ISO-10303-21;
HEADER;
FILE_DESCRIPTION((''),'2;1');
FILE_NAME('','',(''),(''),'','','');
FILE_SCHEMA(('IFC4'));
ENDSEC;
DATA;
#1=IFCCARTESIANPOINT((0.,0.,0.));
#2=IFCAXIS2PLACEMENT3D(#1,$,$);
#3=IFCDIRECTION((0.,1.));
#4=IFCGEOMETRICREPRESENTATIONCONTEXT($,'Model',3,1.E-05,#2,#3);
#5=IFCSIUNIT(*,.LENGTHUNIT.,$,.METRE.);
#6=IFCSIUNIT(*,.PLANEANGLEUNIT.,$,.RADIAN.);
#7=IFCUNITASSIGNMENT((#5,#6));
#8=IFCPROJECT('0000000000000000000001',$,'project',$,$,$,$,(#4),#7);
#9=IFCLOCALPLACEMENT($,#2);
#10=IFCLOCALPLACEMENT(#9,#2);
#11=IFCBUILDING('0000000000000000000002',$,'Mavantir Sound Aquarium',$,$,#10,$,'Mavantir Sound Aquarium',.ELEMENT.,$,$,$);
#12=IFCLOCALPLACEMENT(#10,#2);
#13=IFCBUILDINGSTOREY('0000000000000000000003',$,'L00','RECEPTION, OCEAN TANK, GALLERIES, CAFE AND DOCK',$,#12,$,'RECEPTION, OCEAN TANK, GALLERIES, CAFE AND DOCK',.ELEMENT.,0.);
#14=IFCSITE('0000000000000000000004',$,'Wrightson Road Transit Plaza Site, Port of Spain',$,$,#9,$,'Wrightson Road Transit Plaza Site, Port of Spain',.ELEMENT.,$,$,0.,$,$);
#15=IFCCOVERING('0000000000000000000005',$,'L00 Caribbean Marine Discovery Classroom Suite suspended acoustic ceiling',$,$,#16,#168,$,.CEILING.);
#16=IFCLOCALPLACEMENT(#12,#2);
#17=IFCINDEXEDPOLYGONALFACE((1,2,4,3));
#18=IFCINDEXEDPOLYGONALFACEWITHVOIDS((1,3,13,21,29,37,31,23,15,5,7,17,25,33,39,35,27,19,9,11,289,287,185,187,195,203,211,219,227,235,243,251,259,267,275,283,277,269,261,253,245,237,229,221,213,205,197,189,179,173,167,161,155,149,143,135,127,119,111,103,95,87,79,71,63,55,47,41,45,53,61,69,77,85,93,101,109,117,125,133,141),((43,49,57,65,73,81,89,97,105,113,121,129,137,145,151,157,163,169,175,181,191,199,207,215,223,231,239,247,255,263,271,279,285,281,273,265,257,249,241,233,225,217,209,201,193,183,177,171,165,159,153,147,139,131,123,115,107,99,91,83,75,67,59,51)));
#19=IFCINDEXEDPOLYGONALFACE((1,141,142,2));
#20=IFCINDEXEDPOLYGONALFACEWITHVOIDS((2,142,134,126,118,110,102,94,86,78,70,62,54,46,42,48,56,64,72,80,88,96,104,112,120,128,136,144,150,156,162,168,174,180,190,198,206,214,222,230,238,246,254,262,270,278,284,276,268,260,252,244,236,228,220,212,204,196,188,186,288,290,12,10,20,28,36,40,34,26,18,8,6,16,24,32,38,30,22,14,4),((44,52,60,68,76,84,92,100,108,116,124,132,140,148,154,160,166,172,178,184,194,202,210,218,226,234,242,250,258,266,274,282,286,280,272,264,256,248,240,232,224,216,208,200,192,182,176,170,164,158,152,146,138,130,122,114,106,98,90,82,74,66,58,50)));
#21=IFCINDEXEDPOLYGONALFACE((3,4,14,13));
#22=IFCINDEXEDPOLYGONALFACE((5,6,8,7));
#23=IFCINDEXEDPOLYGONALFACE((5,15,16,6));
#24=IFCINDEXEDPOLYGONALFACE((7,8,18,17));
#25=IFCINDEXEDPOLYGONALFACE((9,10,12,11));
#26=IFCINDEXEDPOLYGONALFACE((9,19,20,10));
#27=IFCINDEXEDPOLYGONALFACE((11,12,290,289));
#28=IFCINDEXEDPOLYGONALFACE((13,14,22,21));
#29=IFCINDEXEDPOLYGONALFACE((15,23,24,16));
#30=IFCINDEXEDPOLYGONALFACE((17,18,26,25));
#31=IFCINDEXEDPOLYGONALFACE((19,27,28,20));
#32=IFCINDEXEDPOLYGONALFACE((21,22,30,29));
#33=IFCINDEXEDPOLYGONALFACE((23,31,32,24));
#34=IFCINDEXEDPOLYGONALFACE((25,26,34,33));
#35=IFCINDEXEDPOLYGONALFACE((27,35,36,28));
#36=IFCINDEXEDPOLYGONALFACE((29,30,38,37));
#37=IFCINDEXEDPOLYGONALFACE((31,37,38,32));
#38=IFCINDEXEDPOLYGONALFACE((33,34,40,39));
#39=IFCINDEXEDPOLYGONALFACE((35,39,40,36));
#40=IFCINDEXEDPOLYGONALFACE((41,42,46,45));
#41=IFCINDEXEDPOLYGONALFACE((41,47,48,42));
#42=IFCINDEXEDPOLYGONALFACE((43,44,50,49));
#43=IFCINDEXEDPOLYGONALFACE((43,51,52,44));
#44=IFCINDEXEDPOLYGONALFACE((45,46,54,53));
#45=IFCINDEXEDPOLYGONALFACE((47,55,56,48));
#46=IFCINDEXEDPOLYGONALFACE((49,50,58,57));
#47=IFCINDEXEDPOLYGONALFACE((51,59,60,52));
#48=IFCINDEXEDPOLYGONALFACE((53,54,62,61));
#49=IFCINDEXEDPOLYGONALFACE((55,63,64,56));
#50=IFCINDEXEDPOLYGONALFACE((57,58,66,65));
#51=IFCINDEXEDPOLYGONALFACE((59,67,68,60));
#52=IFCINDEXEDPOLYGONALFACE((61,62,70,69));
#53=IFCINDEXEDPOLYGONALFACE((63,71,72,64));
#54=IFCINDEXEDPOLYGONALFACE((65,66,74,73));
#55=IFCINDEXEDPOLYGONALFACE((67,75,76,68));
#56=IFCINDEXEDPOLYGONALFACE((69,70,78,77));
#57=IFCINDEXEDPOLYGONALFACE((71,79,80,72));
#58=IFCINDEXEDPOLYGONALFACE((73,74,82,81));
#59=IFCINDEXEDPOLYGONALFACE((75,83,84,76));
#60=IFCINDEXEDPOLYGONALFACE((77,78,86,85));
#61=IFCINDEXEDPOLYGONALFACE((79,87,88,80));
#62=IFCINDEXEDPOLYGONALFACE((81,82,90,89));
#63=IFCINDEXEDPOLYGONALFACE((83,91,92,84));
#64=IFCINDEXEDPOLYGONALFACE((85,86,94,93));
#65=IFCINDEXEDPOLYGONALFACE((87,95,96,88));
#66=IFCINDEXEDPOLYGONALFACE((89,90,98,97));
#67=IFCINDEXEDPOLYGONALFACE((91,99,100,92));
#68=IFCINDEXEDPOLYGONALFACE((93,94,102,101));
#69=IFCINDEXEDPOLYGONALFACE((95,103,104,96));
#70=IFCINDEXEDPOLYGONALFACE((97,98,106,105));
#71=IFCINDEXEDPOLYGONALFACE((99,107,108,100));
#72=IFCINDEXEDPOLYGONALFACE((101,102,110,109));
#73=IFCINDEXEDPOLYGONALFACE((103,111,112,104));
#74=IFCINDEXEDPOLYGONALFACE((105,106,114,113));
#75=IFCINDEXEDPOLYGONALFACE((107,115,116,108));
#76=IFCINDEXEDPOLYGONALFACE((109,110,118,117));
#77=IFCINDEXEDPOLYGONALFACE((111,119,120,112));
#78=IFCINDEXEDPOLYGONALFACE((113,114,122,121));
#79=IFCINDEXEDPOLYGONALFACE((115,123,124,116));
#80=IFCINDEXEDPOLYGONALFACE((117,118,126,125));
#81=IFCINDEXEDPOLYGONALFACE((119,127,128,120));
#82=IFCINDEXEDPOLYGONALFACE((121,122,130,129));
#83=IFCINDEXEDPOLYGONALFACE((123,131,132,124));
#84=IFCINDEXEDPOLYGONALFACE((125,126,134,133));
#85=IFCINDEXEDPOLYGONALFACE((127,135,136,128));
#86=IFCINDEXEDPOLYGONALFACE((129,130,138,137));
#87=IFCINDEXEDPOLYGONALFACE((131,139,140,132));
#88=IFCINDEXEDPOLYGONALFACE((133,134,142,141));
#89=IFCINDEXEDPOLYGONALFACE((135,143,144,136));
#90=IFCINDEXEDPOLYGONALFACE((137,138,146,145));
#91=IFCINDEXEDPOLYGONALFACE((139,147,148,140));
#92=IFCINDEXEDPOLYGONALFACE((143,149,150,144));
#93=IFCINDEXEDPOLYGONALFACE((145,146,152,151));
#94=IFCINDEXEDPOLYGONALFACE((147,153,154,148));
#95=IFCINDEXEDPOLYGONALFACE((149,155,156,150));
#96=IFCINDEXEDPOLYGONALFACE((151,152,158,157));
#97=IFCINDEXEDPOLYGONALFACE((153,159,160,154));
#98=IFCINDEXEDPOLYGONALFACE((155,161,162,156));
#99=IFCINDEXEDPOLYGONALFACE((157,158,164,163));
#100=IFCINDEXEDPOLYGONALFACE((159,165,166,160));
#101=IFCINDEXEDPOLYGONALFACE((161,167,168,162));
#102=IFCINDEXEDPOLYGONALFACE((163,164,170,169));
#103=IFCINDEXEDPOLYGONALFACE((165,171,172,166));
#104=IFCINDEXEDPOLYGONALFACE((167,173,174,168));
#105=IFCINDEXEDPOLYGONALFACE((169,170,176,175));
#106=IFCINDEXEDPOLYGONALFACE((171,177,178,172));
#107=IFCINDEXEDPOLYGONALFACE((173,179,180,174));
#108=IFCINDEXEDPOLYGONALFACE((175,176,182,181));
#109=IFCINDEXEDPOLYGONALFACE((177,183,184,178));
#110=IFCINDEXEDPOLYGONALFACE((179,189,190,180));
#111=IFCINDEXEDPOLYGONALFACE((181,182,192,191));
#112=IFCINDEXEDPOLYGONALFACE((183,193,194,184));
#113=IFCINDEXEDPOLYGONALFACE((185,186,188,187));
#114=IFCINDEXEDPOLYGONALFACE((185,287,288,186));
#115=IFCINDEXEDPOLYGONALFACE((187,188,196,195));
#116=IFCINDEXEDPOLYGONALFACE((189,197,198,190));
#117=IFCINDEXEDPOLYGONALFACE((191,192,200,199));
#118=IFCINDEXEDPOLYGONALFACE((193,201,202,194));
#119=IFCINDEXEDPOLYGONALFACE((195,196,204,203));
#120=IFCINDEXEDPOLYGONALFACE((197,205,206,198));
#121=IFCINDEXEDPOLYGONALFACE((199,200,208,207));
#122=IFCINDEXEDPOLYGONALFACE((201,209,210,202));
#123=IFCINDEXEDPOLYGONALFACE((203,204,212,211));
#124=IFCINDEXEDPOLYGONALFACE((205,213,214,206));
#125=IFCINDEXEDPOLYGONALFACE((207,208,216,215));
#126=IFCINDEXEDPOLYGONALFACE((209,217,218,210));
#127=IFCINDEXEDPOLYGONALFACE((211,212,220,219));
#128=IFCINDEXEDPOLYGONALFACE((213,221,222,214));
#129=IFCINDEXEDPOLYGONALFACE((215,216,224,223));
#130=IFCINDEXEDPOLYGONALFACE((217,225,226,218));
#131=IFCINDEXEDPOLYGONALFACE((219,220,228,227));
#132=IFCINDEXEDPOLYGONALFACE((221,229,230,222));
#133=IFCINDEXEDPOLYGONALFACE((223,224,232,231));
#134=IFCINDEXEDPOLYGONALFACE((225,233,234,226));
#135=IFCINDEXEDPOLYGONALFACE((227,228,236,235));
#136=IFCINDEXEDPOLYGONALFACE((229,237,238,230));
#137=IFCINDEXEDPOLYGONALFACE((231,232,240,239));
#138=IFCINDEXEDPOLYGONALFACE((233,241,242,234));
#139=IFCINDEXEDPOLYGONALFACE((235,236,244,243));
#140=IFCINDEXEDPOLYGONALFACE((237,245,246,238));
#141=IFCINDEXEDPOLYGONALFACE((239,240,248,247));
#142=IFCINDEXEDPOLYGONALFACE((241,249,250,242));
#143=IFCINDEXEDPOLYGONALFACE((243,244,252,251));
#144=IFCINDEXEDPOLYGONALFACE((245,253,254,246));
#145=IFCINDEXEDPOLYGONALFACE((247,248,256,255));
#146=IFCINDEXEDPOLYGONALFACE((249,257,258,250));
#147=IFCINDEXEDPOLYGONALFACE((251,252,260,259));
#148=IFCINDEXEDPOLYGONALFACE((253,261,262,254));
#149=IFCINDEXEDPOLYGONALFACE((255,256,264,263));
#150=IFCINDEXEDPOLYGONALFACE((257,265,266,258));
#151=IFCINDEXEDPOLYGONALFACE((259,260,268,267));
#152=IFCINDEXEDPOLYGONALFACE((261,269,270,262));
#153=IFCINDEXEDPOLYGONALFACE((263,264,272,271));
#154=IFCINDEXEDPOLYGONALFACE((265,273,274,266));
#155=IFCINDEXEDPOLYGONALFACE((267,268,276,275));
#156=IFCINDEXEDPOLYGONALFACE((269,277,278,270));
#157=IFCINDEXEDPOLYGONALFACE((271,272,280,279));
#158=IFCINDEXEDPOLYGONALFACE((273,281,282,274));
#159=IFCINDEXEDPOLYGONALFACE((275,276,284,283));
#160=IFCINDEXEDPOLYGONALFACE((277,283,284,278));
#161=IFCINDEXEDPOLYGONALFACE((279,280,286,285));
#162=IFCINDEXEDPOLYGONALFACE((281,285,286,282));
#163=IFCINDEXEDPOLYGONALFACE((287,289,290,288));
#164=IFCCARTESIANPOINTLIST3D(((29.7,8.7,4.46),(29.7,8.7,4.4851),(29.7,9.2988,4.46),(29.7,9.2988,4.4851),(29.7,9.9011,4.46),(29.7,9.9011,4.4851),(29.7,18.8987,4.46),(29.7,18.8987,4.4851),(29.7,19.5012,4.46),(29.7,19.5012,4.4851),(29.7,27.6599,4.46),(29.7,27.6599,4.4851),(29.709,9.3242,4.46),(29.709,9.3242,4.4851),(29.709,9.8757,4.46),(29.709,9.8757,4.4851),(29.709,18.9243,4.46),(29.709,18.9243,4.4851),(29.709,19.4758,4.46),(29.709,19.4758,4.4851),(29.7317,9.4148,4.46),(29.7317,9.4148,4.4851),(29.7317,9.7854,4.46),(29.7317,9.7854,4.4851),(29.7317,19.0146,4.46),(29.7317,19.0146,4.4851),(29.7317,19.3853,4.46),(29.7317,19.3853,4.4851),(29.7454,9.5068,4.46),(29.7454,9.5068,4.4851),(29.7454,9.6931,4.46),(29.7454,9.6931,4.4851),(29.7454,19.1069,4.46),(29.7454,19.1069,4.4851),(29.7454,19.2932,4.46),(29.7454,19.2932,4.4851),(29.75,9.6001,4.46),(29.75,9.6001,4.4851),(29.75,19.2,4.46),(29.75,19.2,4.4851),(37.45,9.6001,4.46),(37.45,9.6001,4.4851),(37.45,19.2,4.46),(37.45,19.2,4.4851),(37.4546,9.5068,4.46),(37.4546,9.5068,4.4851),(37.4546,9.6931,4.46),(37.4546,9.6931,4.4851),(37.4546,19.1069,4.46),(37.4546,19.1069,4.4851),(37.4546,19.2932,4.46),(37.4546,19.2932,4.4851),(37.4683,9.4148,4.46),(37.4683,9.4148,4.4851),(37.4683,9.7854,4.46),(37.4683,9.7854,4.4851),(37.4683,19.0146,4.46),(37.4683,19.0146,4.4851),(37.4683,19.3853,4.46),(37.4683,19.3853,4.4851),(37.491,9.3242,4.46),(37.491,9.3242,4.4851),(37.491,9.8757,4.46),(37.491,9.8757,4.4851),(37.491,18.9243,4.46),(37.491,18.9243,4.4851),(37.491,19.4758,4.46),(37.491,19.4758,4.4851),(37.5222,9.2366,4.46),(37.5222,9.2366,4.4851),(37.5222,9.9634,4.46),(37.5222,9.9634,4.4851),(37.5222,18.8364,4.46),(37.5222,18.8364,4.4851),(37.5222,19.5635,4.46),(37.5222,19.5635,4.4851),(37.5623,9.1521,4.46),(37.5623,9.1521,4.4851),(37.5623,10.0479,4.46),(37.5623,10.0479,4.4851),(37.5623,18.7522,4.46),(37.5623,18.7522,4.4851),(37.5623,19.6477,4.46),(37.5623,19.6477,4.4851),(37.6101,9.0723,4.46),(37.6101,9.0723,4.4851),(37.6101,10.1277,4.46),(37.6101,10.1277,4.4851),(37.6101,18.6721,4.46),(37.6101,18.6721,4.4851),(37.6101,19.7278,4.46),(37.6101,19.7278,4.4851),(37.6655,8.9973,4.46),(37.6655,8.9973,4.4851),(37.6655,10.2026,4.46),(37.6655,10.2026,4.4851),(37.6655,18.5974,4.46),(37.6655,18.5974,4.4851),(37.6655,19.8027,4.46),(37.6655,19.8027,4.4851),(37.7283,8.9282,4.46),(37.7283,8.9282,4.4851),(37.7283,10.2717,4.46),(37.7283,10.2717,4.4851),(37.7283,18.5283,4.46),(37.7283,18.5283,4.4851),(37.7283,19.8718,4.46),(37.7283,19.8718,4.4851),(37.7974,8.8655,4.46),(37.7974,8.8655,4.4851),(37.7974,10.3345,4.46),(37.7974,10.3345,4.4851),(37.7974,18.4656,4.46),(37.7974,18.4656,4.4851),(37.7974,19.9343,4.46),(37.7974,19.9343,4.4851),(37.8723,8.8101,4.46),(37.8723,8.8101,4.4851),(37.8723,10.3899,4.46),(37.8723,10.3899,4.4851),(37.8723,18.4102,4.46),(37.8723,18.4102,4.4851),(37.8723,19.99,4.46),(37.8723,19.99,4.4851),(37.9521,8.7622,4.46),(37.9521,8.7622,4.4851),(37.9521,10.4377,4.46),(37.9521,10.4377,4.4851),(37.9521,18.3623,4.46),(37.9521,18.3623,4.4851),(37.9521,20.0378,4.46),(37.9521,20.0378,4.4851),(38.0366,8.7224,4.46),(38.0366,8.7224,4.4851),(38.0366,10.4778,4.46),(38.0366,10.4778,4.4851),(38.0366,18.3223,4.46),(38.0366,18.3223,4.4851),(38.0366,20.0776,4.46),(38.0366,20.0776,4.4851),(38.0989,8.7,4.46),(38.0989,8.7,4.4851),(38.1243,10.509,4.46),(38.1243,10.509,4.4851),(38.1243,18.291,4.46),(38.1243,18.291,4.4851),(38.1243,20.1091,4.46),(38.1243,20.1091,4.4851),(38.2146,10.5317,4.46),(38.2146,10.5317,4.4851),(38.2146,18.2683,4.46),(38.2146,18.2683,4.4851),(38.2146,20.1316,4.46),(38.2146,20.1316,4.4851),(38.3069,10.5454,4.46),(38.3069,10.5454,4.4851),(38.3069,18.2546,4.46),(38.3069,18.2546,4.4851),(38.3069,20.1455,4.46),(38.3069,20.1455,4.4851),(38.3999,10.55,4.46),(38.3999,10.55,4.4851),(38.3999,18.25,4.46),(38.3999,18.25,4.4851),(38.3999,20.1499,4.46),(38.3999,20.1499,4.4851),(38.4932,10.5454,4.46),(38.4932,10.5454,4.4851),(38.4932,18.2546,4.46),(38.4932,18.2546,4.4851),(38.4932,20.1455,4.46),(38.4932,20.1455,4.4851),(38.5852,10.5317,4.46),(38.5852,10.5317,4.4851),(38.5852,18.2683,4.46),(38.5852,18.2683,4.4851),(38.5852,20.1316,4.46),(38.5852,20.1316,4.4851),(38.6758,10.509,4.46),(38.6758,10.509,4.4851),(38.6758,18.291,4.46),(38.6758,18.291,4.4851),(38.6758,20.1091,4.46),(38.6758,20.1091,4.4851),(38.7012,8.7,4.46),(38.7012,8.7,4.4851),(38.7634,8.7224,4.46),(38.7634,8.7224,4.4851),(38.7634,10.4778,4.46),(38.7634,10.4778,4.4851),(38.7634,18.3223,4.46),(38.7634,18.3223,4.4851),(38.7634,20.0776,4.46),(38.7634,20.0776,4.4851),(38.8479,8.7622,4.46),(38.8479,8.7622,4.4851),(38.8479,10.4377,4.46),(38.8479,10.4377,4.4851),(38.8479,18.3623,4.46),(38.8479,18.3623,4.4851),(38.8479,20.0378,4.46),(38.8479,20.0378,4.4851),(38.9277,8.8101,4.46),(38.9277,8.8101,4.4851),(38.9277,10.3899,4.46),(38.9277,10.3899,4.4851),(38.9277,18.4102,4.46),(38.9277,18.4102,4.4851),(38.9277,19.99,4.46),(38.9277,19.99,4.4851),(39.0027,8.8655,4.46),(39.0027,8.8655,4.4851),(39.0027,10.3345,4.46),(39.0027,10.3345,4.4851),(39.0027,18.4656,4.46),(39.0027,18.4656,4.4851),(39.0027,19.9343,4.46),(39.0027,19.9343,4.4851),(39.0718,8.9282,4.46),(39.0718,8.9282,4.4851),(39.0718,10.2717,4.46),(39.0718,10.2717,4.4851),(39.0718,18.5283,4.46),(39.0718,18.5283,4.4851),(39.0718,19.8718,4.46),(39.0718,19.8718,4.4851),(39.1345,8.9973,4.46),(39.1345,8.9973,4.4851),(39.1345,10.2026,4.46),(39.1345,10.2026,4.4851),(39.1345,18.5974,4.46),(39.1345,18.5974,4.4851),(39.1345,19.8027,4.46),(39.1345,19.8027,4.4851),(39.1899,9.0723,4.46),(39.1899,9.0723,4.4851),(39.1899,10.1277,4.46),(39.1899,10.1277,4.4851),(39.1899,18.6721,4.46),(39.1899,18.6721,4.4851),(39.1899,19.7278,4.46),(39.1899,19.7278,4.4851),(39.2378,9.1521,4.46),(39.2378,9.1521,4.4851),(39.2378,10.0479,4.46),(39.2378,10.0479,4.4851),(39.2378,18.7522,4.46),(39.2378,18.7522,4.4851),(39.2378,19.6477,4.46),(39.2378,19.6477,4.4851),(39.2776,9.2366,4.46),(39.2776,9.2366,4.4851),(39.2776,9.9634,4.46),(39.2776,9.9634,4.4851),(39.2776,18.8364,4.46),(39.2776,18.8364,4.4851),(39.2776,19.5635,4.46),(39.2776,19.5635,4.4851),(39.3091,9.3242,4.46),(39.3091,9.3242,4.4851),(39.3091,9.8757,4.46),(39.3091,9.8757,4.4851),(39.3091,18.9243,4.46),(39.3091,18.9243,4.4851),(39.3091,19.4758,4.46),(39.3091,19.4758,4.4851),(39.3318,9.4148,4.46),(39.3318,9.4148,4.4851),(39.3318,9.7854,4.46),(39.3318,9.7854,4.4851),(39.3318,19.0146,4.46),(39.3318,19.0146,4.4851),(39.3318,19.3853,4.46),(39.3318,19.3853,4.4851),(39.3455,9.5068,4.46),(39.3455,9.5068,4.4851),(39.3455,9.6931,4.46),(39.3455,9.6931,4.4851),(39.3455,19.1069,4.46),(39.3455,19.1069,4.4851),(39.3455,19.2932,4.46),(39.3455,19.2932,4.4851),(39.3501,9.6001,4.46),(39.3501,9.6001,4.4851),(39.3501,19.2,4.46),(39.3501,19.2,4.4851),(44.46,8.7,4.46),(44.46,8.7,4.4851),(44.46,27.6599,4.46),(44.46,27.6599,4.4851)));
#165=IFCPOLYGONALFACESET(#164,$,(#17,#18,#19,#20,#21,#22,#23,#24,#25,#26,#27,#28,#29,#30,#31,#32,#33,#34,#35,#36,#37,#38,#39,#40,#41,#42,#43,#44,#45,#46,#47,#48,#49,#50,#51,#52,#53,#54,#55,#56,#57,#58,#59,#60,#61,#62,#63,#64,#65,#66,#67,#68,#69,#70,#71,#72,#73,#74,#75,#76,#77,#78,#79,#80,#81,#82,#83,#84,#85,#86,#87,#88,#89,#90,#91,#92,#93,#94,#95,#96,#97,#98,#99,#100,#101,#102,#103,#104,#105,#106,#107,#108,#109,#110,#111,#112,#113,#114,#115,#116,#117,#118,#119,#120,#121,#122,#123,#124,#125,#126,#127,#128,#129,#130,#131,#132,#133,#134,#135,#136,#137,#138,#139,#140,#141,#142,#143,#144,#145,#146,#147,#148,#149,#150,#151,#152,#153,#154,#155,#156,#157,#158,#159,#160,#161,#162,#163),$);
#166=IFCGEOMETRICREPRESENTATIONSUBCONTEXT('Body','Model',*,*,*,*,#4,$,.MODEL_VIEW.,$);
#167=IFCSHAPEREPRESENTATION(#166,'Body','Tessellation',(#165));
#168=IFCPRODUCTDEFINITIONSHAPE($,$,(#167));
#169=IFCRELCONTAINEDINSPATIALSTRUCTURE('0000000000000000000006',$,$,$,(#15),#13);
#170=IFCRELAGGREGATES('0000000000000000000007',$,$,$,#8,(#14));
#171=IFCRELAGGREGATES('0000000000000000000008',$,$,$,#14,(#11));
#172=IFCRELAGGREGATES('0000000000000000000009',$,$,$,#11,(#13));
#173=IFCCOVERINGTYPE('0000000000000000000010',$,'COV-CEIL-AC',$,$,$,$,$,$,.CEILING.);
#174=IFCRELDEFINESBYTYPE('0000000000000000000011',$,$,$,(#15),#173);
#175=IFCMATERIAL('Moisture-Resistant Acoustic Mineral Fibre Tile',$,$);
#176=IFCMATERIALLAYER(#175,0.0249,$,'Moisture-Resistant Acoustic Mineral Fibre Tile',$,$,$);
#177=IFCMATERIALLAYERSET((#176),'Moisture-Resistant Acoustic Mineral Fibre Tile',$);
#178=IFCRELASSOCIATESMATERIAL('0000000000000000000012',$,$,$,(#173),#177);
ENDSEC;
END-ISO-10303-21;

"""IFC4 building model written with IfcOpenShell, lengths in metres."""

from ifc_helpers import new_model, si_unit, direction, frame, origin, place, context, subcontext, project, spatial, polyline, outline, extrude, material, layer, layer_set, type_object, element, save


model = new_model("IFC4")

# Units and contexts
model_context = context("Model", 3, precision=1e-05, world=origin(), true_north=direction((0.0, 1.0)))
body_context = subcontext(model_context, "Body", "Model", "MODEL_VIEW")
ifc_project = project(units=[si_unit("LENGTHUNIT", "METRE"), si_unit("PLANEANGLEUNIT", "RADIAN")], contexts=[model_context])

# Site, building, storey
site_placement = place(None, origin())
site = spatial("IfcSite", under=ifc_project, at=site_placement, Name="Wrightson Road Transit Plaza Site, Port of Spain", LongName="Wrightson Road Transit Plaza Site, Port of Spain", CompositionType="ELEMENT", RefElevation=0.0)
building_placement = place(site_placement, origin())
building = spatial("IfcBuilding", under=site, at=building_placement, Name="Mavantir Sound Aquarium", LongName="Mavantir Sound Aquarium", CompositionType="ELEMENT")
storey_placement = place(building_placement, origin())
storey = spatial("IfcBuildingStorey", under=building, at=storey_placement, Name="L00", Description="RECEPTION, OCEAN TANK, GALLERIES, CAFE AND DOCK", LongName="RECEPTION, OCEAN TANK, GALLERIES, CAFE AND DOCK", CompositionType="ELEMENT", Elevation=0.0)

# Covering
ifc_material_1 = material(Name="Moisture-Resistant Acoustic Mineral Fibre Tile")
ifc_layer_1 = layer(ifc_material_1, 0.0249, Name="Moisture-Resistant Acoustic Mineral Fibre Tile")
ifc_layer_set_1 = layer_set([ifc_layer_1], Name="Moisture-Resistant Acoustic Mineral Fibre Tile")
covering_type_1 = type_object("IfcCoveringType", Name="COV-CEIL-AC", PredefinedType="CEILING", material=ifc_layer_set_1)
covering_1_placement = place(storey_placement, frame((0.0, 0.0, 4.46)))
element("IfcCovering", 1, at=covering_1_placement, inside=storey, type_object=covering_type_1, Name="L00 Caribbean Marine Discovery Classroom Suite suspended acoustic ceiling", PredefinedType="CEILING", context=body_context, shape_type="SweptSolid", body=[
    extrude(outline(polyline([(44.46, 27.6599), (44.46, 8.7), (38.7012, 8.7), (38.7634, 8.7224), (38.8479, 8.7622), (38.9277, 8.8101), (39.0027, 8.8655), (39.0718, 8.9282), (39.1345, 8.9973), (39.1899, 9.0723), (39.2378, 9.1521), (39.2776, 9.2366), (39.3091, 9.3242), (39.3318, 9.4148), (39.3455, 9.5068), (39.3501, 9.6001), (39.3455, 9.6931), (39.3318, 9.7854), (39.3091, 9.8757), (39.2776, 9.9634), (39.2378, 10.0479), (39.1899, 10.1277), (39.1345, 10.2026), (39.0718, 10.2717), (39.0027, 10.3345), (38.9277, 10.3899), (38.8479, 10.4377), (38.7634, 10.4778), (38.6758, 10.509), (38.5852, 10.5317), (38.4932, 10.5454), (38.3999, 10.55), (38.3069, 10.5454), (38.2146, 10.5317), (38.1243, 10.509), (38.0366, 10.4778), (37.9521, 10.4377), (37.8723, 10.3899), (37.7974, 10.3345), (37.7283, 10.2717), (37.6655, 10.2026), (37.6101, 10.1277), (37.5623, 10.0479), (37.5222, 9.9634), (37.491, 9.8757), (37.4683, 9.7854), (37.4546, 9.6931), (37.45, 9.6001), (37.4546, 9.5068), (37.4683, 9.4148), (37.491, 9.3242), (37.5222, 9.2366), (37.5623, 9.1521), (37.6101, 9.0723), (37.6655, 8.9973), (37.7283, 8.9282), (37.7974, 8.8655), (37.8723, 8.8101), (37.9521, 8.7622), (38.0366, 8.7224), (38.0989, 8.7), (29.7, 8.7), (29.7, 9.2988), (29.709, 9.3242), (29.7317, 9.4148), (29.7454, 9.5068), (29.75, 9.6001), (29.7454, 9.6931), (29.7317, 9.7854), (29.709, 9.8757), (29.7, 9.9011), (29.7, 18.8987), (29.709, 18.9243), (29.7317, 19.0146), (29.7454, 19.1069), (29.75, 19.2), (29.7454, 19.2932), (29.7317, 19.3853), (29.709, 19.4758), (29.7, 19.5012), (29.7, 27.6599), (44.46, 27.6599)]), holes=[polyline([(39.1345, 18.5974), (39.1899, 18.6721), (39.2378, 18.7522), (39.2776, 18.8364), (39.3091, 18.9243), (39.3318, 19.0146), (39.3455, 19.1069), (39.3501, 19.2), (39.3455, 19.2932), (39.3318, 19.3853), (39.3091, 19.4758), (39.2776, 19.5635), (39.2378, 19.6477), (39.1899, 19.7278), (39.1345, 19.8027), (39.0718, 19.8718), (39.0027, 19.9343), (38.9277, 19.99), (38.8479, 20.0378), (38.7634, 20.0776), (38.6758, 20.1091), (38.5852, 20.1316), (38.4932, 20.1455), (38.3999, 20.1499), (38.3069, 20.1455), (38.2146, 20.1316), (38.1243, 20.1091), (38.0366, 20.0776), (37.9521, 20.0378), (37.8723, 19.99), (37.7974, 19.9343), (37.7283, 19.8718), (37.6655, 19.8027), (37.6101, 19.7278), (37.5623, 19.6477), (37.5222, 19.5635), (37.491, 19.4758), (37.4683, 19.3853), (37.4546, 19.2932), (37.45, 19.2), (37.4546, 19.1069), (37.4683, 19.0146), (37.491, 18.9243), (37.5222, 18.8364), (37.5623, 18.7522), (37.6101, 18.6721), (37.6655, 18.5974), (37.7283, 18.5283), (37.7974, 18.4656), (37.8723, 18.4102), (37.9521, 18.3623), (38.0366, 18.3223), (38.1243, 18.291), (38.2146, 18.2683), (38.3069, 18.2546), (38.3999, 18.25), (38.4932, 18.2546), (38.5852, 18.2683), (38.6758, 18.291), (38.7634, 18.3223), (38.8479, 18.3623), (38.9277, 18.4102), (39.0027, 18.4656), (39.0718, 18.5283), (39.1345, 18.5974)])]), origin(), (0.0, 0.0, 1.0), 0.0251),
])

save(model, "model.ifc")
